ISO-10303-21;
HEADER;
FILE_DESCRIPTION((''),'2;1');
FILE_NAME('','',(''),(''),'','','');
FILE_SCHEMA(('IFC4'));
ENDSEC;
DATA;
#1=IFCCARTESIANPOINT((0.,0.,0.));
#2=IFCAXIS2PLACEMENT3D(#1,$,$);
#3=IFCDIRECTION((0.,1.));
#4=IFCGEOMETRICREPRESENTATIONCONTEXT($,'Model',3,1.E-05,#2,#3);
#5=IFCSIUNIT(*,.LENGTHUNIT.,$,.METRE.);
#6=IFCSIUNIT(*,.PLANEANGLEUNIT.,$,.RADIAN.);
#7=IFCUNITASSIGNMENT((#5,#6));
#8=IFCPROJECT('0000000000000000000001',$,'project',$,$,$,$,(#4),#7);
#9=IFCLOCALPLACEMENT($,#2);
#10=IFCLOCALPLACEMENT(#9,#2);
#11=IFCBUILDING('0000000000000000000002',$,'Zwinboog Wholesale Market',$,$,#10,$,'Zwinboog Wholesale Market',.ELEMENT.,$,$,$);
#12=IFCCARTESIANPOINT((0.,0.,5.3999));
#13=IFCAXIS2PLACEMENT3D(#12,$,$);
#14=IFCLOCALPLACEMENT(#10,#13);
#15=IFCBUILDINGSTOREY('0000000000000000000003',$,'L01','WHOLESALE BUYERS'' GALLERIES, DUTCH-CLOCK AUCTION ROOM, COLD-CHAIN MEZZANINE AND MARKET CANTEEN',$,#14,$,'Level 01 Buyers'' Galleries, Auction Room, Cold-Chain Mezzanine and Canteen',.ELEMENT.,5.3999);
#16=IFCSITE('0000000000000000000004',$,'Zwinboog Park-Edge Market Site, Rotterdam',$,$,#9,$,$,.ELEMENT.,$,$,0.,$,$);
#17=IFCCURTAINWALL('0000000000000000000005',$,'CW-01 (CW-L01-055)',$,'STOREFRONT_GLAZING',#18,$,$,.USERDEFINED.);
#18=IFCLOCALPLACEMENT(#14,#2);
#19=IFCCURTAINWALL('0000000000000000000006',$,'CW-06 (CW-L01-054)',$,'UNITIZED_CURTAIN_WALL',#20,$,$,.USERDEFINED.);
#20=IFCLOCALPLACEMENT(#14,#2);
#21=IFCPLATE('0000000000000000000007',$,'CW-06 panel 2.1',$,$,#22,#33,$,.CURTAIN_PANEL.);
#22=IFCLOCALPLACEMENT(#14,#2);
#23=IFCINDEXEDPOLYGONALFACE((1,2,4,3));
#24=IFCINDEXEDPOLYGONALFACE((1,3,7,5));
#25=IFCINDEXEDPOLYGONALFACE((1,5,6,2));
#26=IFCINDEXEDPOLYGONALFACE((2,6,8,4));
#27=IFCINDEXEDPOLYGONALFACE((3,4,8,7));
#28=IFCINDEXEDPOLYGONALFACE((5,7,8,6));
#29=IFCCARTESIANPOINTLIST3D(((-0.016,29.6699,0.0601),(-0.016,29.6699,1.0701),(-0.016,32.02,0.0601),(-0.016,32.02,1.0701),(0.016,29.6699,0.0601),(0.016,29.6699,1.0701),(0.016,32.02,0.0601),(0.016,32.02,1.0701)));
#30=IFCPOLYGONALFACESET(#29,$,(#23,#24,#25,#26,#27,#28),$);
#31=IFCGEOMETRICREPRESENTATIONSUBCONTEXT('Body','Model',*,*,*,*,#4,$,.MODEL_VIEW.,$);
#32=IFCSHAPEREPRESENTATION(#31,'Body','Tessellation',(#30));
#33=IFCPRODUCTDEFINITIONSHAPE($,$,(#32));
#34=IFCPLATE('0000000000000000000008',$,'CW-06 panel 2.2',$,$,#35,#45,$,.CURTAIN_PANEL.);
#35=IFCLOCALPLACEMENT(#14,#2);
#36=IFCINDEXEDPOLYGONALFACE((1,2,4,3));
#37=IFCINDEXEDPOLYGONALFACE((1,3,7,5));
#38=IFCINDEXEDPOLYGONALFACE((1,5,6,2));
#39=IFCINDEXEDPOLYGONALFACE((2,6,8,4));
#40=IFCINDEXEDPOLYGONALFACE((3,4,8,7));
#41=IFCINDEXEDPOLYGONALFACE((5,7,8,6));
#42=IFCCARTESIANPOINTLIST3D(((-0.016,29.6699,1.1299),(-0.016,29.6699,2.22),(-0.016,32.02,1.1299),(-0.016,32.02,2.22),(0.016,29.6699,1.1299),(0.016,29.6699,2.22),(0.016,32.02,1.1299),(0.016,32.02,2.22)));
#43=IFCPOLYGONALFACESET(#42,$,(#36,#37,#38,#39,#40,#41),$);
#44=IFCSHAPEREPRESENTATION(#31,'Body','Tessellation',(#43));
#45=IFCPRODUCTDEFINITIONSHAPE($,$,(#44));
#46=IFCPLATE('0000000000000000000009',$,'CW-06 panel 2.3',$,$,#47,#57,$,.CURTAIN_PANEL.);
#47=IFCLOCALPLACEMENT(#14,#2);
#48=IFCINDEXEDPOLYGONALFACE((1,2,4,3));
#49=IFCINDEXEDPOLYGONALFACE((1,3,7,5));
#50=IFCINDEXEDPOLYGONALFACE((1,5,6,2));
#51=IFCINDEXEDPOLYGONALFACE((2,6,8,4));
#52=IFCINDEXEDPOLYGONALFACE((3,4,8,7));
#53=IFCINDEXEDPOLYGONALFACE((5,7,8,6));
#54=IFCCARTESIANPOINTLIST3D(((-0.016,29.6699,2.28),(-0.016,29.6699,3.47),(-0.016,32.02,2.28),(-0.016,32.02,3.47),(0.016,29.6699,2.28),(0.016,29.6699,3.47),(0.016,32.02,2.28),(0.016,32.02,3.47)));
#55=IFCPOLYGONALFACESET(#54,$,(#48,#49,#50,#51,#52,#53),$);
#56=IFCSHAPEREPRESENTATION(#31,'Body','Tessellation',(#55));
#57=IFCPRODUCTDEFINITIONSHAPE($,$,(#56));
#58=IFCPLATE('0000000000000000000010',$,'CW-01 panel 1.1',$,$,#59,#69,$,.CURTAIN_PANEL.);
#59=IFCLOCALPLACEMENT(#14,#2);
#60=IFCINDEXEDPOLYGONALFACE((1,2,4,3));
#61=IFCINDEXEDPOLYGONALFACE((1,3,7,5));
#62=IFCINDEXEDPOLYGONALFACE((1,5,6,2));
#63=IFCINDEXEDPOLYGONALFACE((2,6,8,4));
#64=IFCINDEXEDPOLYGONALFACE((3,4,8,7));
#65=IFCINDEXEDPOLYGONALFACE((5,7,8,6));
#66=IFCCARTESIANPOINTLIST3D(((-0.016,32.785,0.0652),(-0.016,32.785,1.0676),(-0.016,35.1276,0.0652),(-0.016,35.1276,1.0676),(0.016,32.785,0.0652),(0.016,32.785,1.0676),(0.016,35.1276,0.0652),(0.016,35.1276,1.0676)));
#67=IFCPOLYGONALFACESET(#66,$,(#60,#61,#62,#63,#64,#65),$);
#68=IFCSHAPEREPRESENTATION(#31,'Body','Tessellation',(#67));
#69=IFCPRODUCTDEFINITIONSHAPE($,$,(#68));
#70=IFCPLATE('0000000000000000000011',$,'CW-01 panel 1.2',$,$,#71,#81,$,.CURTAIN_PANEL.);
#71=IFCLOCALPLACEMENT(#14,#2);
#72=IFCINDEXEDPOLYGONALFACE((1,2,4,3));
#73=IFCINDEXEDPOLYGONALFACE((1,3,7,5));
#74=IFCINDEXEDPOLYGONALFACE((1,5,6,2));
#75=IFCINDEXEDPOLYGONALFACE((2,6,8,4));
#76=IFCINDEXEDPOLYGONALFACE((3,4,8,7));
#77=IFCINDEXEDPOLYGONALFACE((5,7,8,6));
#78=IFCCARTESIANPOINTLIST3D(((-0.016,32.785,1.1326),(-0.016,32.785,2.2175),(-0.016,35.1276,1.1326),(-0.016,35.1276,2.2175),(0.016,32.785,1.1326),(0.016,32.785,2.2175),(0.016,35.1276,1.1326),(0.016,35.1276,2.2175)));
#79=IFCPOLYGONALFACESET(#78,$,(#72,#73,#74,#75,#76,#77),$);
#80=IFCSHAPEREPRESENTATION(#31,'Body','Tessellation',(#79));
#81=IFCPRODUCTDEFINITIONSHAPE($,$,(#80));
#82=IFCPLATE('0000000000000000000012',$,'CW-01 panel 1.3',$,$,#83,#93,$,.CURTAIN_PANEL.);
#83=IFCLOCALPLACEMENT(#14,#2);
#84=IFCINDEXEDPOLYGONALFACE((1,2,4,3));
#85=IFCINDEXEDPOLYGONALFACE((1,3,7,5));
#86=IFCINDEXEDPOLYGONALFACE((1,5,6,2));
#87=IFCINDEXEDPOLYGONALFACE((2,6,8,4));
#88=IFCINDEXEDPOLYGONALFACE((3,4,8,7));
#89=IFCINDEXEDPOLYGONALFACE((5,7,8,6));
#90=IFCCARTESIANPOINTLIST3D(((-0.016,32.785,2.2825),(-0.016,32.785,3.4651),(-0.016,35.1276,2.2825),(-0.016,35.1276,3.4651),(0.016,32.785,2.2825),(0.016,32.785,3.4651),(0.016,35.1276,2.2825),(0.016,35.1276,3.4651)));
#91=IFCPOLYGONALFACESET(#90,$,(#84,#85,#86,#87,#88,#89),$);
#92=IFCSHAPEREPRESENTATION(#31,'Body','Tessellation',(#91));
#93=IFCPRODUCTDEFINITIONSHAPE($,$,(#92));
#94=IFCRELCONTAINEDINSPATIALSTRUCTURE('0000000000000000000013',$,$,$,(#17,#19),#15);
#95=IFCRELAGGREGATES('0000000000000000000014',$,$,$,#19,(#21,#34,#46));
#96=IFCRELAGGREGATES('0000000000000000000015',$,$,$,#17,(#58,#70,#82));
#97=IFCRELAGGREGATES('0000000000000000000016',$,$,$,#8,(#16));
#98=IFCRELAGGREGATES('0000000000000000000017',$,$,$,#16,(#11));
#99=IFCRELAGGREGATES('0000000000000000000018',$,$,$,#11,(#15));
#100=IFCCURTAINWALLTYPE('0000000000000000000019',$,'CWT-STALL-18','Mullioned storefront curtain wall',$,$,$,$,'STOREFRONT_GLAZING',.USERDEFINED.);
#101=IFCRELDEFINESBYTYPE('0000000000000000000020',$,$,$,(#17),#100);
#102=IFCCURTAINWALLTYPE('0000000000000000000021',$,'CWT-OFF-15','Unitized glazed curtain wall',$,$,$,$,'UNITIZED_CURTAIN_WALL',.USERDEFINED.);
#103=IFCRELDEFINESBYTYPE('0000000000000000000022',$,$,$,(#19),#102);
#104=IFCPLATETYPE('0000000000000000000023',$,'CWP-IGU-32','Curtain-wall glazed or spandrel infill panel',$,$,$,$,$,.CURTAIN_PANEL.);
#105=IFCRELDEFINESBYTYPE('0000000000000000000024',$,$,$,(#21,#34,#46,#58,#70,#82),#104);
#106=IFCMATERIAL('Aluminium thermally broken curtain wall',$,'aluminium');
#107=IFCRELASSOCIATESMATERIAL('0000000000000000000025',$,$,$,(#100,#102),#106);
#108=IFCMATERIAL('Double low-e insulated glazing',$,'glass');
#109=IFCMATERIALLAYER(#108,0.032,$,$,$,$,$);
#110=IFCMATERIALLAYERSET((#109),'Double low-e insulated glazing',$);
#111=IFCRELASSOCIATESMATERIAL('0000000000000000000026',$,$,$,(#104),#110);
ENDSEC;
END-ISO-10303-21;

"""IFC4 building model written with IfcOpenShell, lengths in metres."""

from ifc_helpers import new_model, si_unit, direction, frame, origin, origin_2d, place, context, subcontext, project, spatial, rectangle, extrude, material, layer, layer_set, type_object, element, aggregate, save


model = new_model("IFC4")

# Units and contexts
model_context = context("Model", 3, precision=1e-05, world=origin(), true_north=direction((0.0, 1.0)))
body_context = subcontext(model_context, "Body", "Model", "MODEL_VIEW")
ifc_project = project(units=[si_unit("LENGTHUNIT", "METRE"), si_unit("PLANEANGLEUNIT", "RADIAN")], contexts=[model_context])

# Site, building, storey
site_placement = place(None, origin())
site = spatial("IfcSite", under=ifc_project, at=site_placement, Name="Zwinboog Park-Edge Market Site, Rotterdam", CompositionType="ELEMENT", RefElevation=0.0)
building_placement = place(site_placement, origin())
building = spatial("IfcBuilding", under=site, at=building_placement, Name="Zwinboog Wholesale Market", LongName="Zwinboog Wholesale Market", CompositionType="ELEMENT")
storey_placement = place(building_placement, frame((0.0, 0.0, 5.3999)))
storey = spatial("IfcBuildingStorey", under=building, at=storey_placement, Name="L01", Description="WHOLESALE BUYERS' GALLERIES, DUTCH-CLOCK AUCTION ROOM, COLD-CHAIN MEZZANINE AND MARKET CANTEEN", LongName="Level 01 Buyers' Galleries, Auction Room, Cold-Chain Mezzanine and Canteen", CompositionType="ELEMENT", Elevation=5.3999)

# Curtain wall
ifc_material_1 = material(Name="Aluminium thermally broken curtain wall", Category="aluminium")
curtain_wall_type_1 = type_object("IfcCurtainWallType", Name="CWT-STALL-18", Description="Mullioned storefront curtain wall", ElementType="STOREFRONT_GLAZING", PredefinedType="USERDEFINED", material=ifc_material_1)
curtain_wall_1_placement = place(storey_placement, origin())
curtain_wall_1 = element("IfcCurtainWall", 1, at=curtain_wall_1_placement, inside=storey, type_object=curtain_wall_type_1, Name="CW-01 (CW-L01-055)", ObjectType="STOREFRONT_GLAZING", PredefinedType="USERDEFINED")

# Curtain wall
curtain_wall_type_2 = type_object("IfcCurtainWallType", Name="CWT-OFF-15", Description="Unitized glazed curtain wall", ElementType="UNITIZED_CURTAIN_WALL", PredefinedType="USERDEFINED", material=ifc_material_1)
curtain_wall_2_placement = place(storey_placement, origin())
curtain_wall_2 = element("IfcCurtainWall", 2, at=curtain_wall_2_placement, inside=storey, type_object=curtain_wall_type_2, Name="CW-06 (CW-L01-054)", ObjectType="UNITIZED_CURTAIN_WALL", PredefinedType="USERDEFINED")

# Plates
ifc_material_2 = material(Name="Double low-e insulated glazing", Category="glass")
ifc_layer = layer(ifc_material_2, 0.032)
ifc_layer_set = layer_set([ifc_layer], Name="Double low-e insulated glazing")
plate_type = type_object("IfcPlateType", Name="CWP-IGU-32", Description="Curtain-wall glazed or spandrel infill panel", PredefinedType="CURTAIN_PANEL", material=ifc_layer_set)
plate_1_placement = place(storey_placement, frame((0.0, 30.845, 0.0601), z_axis=(0.0, 0.0, 1.0), x_axis=(0.0, 1.0, 0.0)))
plate_1 = element("IfcPlate", 3, at=plate_1_placement, type_object=plate_type, Name="CW-06 panel 2.1", PredefinedType="CURTAIN_PANEL", context=body_context, shape_type="SweptSolid", body=[
    extrude(rectangle(XDim=2.3501, YDim=0.032, at=origin_2d()), origin(), (0.0, 0.0, 1.0), 1.01),
])
plate_2_placement = place(storey_placement, frame((0.0, 30.845, 1.1299), z_axis=(0.0, 0.0, 1.0), x_axis=(0.0, 1.0, 0.0)))
plate_2 = element("IfcPlate", 4, at=plate_2_placement, type_object=plate_type, Name="CW-06 panel 2.2", PredefinedType="CURTAIN_PANEL", context=body_context, shape_type="SweptSolid", body=[
    extrude(rectangle(XDim=2.3501, YDim=0.032, at=origin_2d()), origin(), (0.0, 0.0, 1.0), 1.0901),
])
plate_3_placement = place(storey_placement, frame((0.0, 30.845, 2.28), z_axis=(0.0, 0.0, 1.0), x_axis=(0.0, 1.0, 0.0)))
plate_3 = element("IfcPlate", 5, at=plate_3_placement, type_object=plate_type, Name="CW-06 panel 2.3", PredefinedType="CURTAIN_PANEL", context=body_context, shape_type="SweptSolid", body=[
    extrude(rectangle(XDim=2.3501, YDim=0.032, at=origin_2d()), origin(), (0.0, 0.0, 1.0), 1.1899),
])
aggregate(curtain_wall_2, [plate_1, plate_2, plate_3])
plate_4_placement = place(storey_placement, frame((0.0, 33.9563, 0.0652), z_axis=(0.0, 0.0, 1.0), x_axis=(0.0, 1.0, 0.0)))
plate_4 = element("IfcPlate", 6, at=plate_4_placement, type_object=plate_type, Name="CW-01 panel 1.1", PredefinedType="CURTAIN_PANEL", context=body_context, shape_type="SweptSolid", body=[
    extrude(rectangle(XDim=2.3425, YDim=0.032, at=origin_2d()), origin(), (0.0, 0.0, 1.0), 1.0024),
])
plate_5_placement = place(storey_placement, frame((0.0, 33.9563, 1.1326), z_axis=(0.0, 0.0, 1.0), x_axis=(0.0, 1.0, 0.0)))
plate_5 = element("IfcPlate", 7, at=plate_5_placement, type_object=plate_type, Name="CW-01 panel 1.2", PredefinedType="CURTAIN_PANEL", context=body_context, shape_type="SweptSolid", body=[
    extrude(rectangle(XDim=2.3425, YDim=0.032, at=origin_2d()), origin(), (0.0, 0.0, 1.0), 1.085),
])
plate_6_placement = place(storey_placement, frame((0.0, 33.9563, 2.2825), z_axis=(0.0, 0.0, 1.0), x_axis=(0.0, 1.0, 0.0)))
plate_6 = element("IfcPlate", 8, at=plate_6_placement, type_object=plate_type, Name="CW-01 panel 1.3", PredefinedType="CURTAIN_PANEL", context=body_context, shape_type="SweptSolid", body=[
    extrude(rectangle(XDim=2.3425, YDim=0.032, at=origin_2d()), origin(), (0.0, 0.0, 1.0), 1.1826),
])
aggregate(curtain_wall_1, [plate_4, plate_5, plate_6])

save(model, "model.ifc")
